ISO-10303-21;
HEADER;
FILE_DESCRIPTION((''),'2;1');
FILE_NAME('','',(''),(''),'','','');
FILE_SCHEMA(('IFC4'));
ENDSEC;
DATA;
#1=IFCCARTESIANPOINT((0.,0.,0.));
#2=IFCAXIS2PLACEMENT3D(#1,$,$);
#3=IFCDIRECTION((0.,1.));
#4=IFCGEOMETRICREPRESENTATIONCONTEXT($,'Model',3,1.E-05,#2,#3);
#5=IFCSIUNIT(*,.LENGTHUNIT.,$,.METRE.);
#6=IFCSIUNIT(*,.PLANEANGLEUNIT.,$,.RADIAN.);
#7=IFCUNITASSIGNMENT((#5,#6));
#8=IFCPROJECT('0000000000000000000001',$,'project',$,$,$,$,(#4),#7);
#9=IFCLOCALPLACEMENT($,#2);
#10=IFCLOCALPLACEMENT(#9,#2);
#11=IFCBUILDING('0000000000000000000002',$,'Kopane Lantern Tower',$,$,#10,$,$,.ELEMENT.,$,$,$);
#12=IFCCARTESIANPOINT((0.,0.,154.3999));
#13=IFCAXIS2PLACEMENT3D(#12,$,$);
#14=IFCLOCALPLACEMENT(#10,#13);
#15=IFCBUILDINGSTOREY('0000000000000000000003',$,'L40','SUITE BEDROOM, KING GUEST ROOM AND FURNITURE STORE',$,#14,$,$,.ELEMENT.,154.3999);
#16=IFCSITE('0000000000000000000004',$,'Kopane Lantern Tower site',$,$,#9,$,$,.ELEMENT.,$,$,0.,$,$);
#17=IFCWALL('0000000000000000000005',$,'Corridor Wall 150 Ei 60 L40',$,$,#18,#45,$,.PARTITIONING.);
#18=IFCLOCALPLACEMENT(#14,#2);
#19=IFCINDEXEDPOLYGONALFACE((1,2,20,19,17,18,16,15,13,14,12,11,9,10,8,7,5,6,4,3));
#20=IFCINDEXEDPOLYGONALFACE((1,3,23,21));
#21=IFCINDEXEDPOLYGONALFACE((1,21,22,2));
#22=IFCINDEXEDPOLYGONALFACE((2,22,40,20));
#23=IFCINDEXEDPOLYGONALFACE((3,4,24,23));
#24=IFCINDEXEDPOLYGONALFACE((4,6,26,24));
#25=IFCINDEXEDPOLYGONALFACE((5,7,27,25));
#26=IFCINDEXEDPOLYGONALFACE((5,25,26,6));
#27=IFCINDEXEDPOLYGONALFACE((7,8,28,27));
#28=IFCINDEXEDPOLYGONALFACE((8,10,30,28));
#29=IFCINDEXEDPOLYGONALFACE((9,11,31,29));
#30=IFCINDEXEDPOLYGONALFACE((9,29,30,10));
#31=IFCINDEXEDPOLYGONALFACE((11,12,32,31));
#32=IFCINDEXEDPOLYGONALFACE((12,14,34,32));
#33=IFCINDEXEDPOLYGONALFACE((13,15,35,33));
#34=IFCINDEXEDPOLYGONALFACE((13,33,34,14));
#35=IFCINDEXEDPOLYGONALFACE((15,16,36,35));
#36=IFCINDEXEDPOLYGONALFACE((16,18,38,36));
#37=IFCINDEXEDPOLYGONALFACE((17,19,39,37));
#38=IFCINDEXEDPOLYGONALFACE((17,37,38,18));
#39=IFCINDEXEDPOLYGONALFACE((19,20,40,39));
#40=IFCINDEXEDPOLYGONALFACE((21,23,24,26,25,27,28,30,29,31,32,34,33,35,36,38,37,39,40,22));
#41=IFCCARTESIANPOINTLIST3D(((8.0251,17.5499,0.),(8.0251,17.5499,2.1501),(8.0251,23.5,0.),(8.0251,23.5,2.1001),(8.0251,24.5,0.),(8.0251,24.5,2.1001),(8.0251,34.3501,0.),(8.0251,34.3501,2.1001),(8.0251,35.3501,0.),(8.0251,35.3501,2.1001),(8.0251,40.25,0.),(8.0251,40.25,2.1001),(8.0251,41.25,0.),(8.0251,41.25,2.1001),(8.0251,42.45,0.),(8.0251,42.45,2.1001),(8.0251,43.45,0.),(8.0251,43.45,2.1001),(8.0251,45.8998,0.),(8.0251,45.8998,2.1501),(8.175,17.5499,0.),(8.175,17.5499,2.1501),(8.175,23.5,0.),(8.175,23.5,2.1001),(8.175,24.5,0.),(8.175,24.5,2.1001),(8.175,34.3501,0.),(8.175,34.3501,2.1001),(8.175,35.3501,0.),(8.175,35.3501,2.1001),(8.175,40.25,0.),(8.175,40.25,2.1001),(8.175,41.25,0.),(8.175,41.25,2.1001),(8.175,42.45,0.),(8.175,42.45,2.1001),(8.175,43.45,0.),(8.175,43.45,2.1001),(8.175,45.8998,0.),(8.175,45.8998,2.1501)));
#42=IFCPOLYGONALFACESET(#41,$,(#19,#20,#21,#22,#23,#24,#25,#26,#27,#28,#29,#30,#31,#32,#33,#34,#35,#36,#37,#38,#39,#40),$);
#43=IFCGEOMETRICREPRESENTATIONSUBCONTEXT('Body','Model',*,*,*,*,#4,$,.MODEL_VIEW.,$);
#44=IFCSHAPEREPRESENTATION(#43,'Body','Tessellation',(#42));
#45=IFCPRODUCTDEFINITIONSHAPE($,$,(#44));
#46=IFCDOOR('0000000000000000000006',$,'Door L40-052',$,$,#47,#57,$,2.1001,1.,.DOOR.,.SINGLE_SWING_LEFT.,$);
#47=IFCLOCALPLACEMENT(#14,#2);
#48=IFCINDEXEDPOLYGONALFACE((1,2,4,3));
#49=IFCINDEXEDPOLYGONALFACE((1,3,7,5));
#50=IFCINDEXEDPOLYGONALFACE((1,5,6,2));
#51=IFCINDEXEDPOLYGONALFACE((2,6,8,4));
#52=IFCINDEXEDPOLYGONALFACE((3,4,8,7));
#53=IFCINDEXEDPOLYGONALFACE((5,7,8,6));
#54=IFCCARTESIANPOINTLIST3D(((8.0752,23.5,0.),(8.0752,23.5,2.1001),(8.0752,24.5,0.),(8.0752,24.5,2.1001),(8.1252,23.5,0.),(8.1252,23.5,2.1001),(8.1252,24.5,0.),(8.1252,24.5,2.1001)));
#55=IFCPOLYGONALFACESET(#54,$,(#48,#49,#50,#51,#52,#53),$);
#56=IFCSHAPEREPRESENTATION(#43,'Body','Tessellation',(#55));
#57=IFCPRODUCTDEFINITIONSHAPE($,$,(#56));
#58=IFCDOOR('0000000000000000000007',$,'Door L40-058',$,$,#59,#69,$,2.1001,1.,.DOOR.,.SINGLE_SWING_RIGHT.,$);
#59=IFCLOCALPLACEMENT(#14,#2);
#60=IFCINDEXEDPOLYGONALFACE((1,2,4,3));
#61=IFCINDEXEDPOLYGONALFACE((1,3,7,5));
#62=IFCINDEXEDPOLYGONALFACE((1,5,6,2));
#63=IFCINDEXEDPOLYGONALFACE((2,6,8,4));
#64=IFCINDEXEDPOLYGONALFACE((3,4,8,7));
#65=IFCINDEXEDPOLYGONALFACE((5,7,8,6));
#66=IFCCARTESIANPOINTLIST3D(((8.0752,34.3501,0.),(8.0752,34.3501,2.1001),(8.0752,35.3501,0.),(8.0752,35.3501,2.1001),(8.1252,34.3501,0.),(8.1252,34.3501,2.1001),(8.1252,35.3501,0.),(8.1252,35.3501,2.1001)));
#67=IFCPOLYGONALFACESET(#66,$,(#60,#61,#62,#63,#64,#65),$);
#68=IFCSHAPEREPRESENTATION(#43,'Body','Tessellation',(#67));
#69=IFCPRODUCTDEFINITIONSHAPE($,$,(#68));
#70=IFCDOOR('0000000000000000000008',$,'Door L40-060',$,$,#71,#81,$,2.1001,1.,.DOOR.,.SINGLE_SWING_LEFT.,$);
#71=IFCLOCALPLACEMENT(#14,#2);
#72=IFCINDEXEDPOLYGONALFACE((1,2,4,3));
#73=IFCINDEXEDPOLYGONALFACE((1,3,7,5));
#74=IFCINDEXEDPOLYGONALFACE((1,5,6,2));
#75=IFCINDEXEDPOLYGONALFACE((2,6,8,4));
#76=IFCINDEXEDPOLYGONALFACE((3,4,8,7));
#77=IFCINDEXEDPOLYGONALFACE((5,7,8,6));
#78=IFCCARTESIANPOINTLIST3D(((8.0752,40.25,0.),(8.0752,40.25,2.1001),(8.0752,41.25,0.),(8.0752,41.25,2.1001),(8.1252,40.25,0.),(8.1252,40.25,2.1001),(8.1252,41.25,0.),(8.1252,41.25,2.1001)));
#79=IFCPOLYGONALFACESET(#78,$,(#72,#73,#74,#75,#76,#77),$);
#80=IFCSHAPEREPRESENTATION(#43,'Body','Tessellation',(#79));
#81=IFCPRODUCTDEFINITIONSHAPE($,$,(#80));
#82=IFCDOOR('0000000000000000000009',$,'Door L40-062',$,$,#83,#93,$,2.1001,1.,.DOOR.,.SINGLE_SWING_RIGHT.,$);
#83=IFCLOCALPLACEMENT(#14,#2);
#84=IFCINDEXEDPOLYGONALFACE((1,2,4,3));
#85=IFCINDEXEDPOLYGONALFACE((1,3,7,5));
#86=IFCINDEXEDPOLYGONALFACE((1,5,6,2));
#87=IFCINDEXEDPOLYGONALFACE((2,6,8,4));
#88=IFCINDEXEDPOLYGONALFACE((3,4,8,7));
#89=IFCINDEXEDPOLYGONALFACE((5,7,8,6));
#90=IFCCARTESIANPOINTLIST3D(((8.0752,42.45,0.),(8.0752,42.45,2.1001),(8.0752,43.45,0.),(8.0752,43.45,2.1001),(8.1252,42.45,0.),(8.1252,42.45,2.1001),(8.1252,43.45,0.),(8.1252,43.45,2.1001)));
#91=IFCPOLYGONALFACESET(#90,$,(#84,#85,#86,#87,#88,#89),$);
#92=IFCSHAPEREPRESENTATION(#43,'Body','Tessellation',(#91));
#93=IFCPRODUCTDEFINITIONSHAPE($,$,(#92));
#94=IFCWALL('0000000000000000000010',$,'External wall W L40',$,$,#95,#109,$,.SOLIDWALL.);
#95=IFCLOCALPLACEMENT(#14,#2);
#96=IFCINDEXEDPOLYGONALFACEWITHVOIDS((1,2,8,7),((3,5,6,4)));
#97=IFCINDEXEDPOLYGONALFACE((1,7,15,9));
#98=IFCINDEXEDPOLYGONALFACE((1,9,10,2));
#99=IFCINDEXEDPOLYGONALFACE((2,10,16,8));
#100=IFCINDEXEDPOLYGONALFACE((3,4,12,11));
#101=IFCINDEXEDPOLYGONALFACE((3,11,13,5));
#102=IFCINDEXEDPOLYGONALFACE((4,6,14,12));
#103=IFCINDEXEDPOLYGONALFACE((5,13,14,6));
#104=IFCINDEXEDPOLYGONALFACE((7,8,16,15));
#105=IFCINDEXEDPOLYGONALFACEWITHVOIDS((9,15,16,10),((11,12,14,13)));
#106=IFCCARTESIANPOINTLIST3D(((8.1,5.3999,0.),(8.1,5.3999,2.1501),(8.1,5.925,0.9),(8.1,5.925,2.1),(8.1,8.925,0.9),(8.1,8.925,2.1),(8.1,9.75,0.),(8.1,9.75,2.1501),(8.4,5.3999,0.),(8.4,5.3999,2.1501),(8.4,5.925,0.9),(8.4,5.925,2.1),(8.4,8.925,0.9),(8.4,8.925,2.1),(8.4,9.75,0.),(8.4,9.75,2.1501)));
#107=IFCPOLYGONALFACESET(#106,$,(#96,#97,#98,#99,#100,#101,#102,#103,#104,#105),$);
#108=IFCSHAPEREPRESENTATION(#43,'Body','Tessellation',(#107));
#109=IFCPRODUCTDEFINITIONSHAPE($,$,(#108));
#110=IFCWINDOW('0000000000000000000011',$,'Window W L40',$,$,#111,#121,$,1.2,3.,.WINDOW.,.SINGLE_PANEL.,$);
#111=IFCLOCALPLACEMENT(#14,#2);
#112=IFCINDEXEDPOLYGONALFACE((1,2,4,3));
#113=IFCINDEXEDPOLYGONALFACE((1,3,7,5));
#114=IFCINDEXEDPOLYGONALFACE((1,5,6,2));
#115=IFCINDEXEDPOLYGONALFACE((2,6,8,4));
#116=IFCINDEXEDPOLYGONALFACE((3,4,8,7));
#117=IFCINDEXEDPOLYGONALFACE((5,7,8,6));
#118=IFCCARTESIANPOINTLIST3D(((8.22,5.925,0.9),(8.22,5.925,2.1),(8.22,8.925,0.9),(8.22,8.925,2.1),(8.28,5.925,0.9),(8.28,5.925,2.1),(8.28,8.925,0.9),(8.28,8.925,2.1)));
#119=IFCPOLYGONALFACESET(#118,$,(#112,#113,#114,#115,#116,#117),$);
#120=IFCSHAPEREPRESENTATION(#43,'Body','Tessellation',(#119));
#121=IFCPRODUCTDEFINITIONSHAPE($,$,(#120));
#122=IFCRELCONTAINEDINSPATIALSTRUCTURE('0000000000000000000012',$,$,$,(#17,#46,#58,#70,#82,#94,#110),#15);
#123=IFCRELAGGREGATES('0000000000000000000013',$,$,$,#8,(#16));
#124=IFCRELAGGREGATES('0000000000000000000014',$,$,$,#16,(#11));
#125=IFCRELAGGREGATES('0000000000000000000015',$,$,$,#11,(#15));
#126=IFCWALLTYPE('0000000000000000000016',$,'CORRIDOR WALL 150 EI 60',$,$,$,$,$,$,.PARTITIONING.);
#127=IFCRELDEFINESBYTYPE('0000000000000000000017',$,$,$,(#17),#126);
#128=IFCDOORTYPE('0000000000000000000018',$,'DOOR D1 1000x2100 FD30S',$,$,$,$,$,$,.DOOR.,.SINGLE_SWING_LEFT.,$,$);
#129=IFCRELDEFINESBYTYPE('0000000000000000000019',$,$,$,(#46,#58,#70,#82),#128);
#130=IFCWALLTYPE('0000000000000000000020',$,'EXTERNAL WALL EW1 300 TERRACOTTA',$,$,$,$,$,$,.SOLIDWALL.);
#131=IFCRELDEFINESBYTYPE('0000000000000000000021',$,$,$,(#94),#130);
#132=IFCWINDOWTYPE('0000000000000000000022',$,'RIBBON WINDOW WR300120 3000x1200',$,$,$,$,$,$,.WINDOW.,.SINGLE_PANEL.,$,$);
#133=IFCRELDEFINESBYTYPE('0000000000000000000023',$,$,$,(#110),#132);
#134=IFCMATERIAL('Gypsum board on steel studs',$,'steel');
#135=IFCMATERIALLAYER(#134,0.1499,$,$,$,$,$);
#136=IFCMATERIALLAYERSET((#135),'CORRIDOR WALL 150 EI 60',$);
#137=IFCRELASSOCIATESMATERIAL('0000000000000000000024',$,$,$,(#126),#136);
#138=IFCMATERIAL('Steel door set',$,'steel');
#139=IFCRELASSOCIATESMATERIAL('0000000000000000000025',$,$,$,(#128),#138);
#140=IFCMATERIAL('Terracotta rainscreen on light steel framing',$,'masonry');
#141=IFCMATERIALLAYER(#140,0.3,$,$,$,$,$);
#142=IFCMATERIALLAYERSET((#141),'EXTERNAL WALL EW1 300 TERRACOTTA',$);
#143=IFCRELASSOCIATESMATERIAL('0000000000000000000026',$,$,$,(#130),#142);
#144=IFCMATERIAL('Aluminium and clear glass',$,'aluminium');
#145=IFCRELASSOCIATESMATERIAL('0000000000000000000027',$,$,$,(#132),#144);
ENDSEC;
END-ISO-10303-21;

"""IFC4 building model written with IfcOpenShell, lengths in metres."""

from ifc_helpers import new_model, si_unit, direction, frame, frame_2d, origin, place, context, subcontext, project, spatial, rectangle, extrude, material, layer, layer_set, type_object, element, fill, save


model = new_model("IFC4")

# Units and contexts
model_context = context("Model", 3, precision=1e-05, world=origin(), true_north=direction((0.0, 1.0)))
body_context = subcontext(model_context, "Body", "Model", "MODEL_VIEW")
ifc_project = project(units=[si_unit("LENGTHUNIT", "METRE"), si_unit("PLANEANGLEUNIT", "RADIAN")], contexts=[model_context])

# Site, building, storey
site_placement = place(None, origin())
site = spatial("IfcSite", under=ifc_project, at=site_placement, Name="Kopane Lantern Tower site", CompositionType="ELEMENT", RefElevation=0.0)
building_placement = place(site_placement, origin())
building = spatial("IfcBuilding", under=site, at=building_placement, Name="Kopane Lantern Tower", CompositionType="ELEMENT")
storey_placement = place(building_placement, frame((0.0, 0.0, 154.3999)))
storey = spatial("IfcBuildingStorey", under=building, at=storey_placement, Name="L40", Description="SUITE BEDROOM, KING GUEST ROOM AND FURNITURE STORE", CompositionType="ELEMENT", Elevation=154.3999)

# Wall, openings, doors
ifc_material_1 = material(Name="Gypsum board on steel studs", Category="steel")
ifc_layer_1 = layer(ifc_material_1, 0.1499)
ifc_layer_set_1 = layer_set([ifc_layer_1], Name="CORRIDOR WALL 150 EI 60")
wall_type_1 = type_object("IfcWallType", Name="CORRIDOR WALL 150 EI 60", PredefinedType="PARTITIONING", material=ifc_layer_set_1)
ifc_material_2 = material(Name="Steel door set", Category="steel")
door_type_1 = type_object("IfcDoorType", Name="DOOR D1 1000x2100 FD30S", OperationType="SINGLE_SWING_LEFT", PredefinedType="DOOR", material=ifc_material_2)
wall_1_placement = place(storey_placement, frame((8.1001, 17.55, 0.0), z_axis=(0.0, 0.0, 1.0), x_axis=(0.0, 1.0, 0.0)))
wall_1 = element("IfcWall", 1, at=wall_1_placement, inside=storey, type_object=wall_type_1, Name="Corridor Wall 150 Ei 60 L40", PredefinedType="PARTITIONING", context=body_context, shape_type="SweptSolid", body=[
    extrude(rectangle(XDim=28.3499, YDim=0.1499, at=frame_2d((14.1748, 0.0))), origin(), (0.0, 0.0, 1.0), 2.1501),
])
opening_1_placement = place(wall_1_placement, frame((5.95, 0.0, 0.0)))
opening_1 = element("IfcOpeningElement", 2, at=opening_1_placement, cuts=wall_1, PredefinedType="OPENING", context=body_context, shape_type="SweptSolid", body=[
    extrude(rectangle(XDim=1.0, YDim=2.1001, at=frame_2d((0.5, 1.05))), frame((0.0, 0.085, 0.0), z_axis=(0.0, -1.0, 0.0), x_axis=(1.0, 0.0, 0.0)), (0.0, 0.0, 1.0), 0.1699),
])
opening_2_placement = place(wall_1_placement, frame((16.8, 0.0, 0.0)))
opening_2 = element("IfcOpeningElement", 3, at=opening_2_placement, cuts=wall_1, PredefinedType="OPENING", context=body_context, shape_type="SweptSolid", body=[
    extrude(rectangle(XDim=1.0, YDim=2.1001, at=frame_2d((0.5, 1.05))), frame((0.0, 0.085, 0.0), z_axis=(0.0, -1.0, 0.0), x_axis=(1.0, 0.0, 0.0)), (0.0, 0.0, 1.0), 0.1699),
])
opening_3_placement = place(wall_1_placement, frame((22.7, 0.0, 0.0)))
opening_3 = element("IfcOpeningElement", 4, at=opening_3_placement, cuts=wall_1, PredefinedType="OPENING", context=body_context, shape_type="SweptSolid", body=[
    extrude(rectangle(XDim=1.0, YDim=2.1001, at=frame_2d((0.5, 1.05))), frame((0.0, 0.085, 0.0), z_axis=(0.0, -1.0, 0.0), x_axis=(1.0, 0.0, 0.0)), (0.0, 0.0, 1.0), 0.1699),
])
opening_4_placement = place(wall_1_placement, frame((24.8999, 0.0, 0.0)))
opening_4 = element("IfcOpeningElement", 5, at=opening_4_placement, cuts=wall_1, PredefinedType="OPENING", context=body_context, shape_type="SweptSolid", body=[
    extrude(rectangle(XDim=1.0, YDim=2.1001, at=frame_2d((0.5, 1.05))), frame((0.0, 0.085, 0.0), z_axis=(0.0, -1.0, 0.0), x_axis=(1.0, 0.0, 0.0)), (0.0, 0.0, 1.0), 0.1699),
])
door_1_placement = place(opening_1_placement, origin())
door_1 = element("IfcDoor", 6, at=door_1_placement, inside=storey, type_object=door_type_1, Name="Door L40-052", OperationType="SINGLE_SWING_LEFT", OverallHeight=2.1001, OverallWidth=1.0, PredefinedType="DOOR", context=body_context, shape_type="SweptSolid", body=[
    extrude(rectangle(XDim=1.0, YDim=2.1001, at=frame_2d((0.5, 1.05))), frame((0.0, 0.0249, 0.0), z_axis=(0.0, -1.0, 0.0), x_axis=(1.0, 0.0, 0.0)), (0.0, 0.0, 1.0), 0.05),
])
fill(opening_1, door_1)
door_2_placement = place(opening_2_placement, origin())
door_2 = element("IfcDoor", 7, at=door_2_placement, inside=storey, type_object=door_type_1, Name="Door L40-058", OperationType="SINGLE_SWING_RIGHT", OverallHeight=2.1001, OverallWidth=1.0, PredefinedType="DOOR", context=body_context, shape_type="SweptSolid", body=[
    extrude(rectangle(XDim=1.0, YDim=2.1001, at=frame_2d((0.5, 1.05))), frame((0.0, 0.0249, 0.0), z_axis=(0.0, -1.0, 0.0), x_axis=(1.0, 0.0, 0.0)), (0.0, 0.0, 1.0), 0.05),
])
fill(opening_2, door_2)
door_3_placement = place(opening_3_placement, origin())
door_3 = element("IfcDoor", 8, at=door_3_placement, inside=storey, type_object=door_type_1, Name="Door L40-060", OperationType="SINGLE_SWING_LEFT", OverallHeight=2.1001, OverallWidth=1.0, PredefinedType="DOOR", context=body_context, shape_type="SweptSolid", body=[
    extrude(rectangle(XDim=1.0, YDim=2.1001, at=frame_2d((0.5, 1.05))), frame((0.0, 0.0249, 0.0), z_axis=(0.0, -1.0, 0.0), x_axis=(1.0, 0.0, 0.0)), (0.0, 0.0, 1.0), 0.05),
])
fill(opening_3, door_3)
door_4_placement = place(opening_4_placement, origin())
door_4 = element("IfcDoor", 9, at=door_4_placement, inside=storey, type_object=door_type_1, Name="Door L40-062", OperationType="SINGLE_SWING_RIGHT", OverallHeight=2.1001, OverallWidth=1.0, PredefinedType="DOOR", context=body_context, shape_type="SweptSolid", body=[
    extrude(rectangle(XDim=1.0, YDim=2.1001, at=frame_2d((0.5, 1.05))), frame((0.0, 0.0249, 0.0), z_axis=(0.0, -1.0, 0.0), x_axis=(1.0, 0.0, 0.0)), (0.0, 0.0, 1.0), 0.05),
])
fill(opening_4, door_4)

# Wall, opening, window
ifc_material_3 = material(Name="Terracotta rainscreen on light steel framing", Category="masonry")
ifc_layer_2 = layer(ifc_material_3, 0.3)
ifc_layer_set_2 = layer_set([ifc_layer_2], Name="EXTERNAL WALL EW1 300 TERRACOTTA")
wall_type_2 = type_object("IfcWallType", Name="EXTERNAL WALL EW1 300 TERRACOTTA", PredefinedType="SOLIDWALL", material=ifc_layer_set_2)
wall_2_placement = place(storey_placement, frame((8.25, 9.75, 0.0), z_axis=(0.0, 0.0, 1.0), x_axis=(0.0, -1.0, 0.0)))
wall_2 = element("IfcWall", 10, at=wall_2_placement, inside=storey, type_object=wall_type_2, Name="External wall W L40", PredefinedType="SOLIDWALL", context=body_context, shape_type="SweptSolid", body=[
    extrude(rectangle(XDim=4.3501, YDim=0.3, at=frame_2d((2.175, 0.0))), origin(), (0.0, 0.0, 1.0), 2.1501),
])
opening_5_placement = place(wall_2_placement, frame((0.825, 0.0, 0.8999)))
opening_5 = element("IfcOpeningElement", 11, at=opening_5_placement, cuts=wall_2, PredefinedType="OPENING", context=body_context, shape_type="SweptSolid", body=[
    extrude(rectangle(XDim=3.0, YDim=1.2, at=frame_2d((1.5, 0.6001))), frame((0.0, 0.1599, 0.0), z_axis=(0.0, -1.0, 0.0), x_axis=(1.0, 0.0, 0.0)), (0.0, 0.0, 1.0), 0.3201),
])
ifc_material_4 = material(Name="Aluminium and clear glass", Category="aluminium")
window_type = type_object("IfcWindowType", Name="RIBBON WINDOW WR300120 3000x1200", PartitioningType="SINGLE_PANEL", PredefinedType="WINDOW", material=ifc_material_4)
window_placement = place(opening_5_placement, origin())
window = element("IfcWindow", 12, at=window_placement, inside=storey, type_object=window_type, Name="Window W L40", OverallHeight=1.2, OverallWidth=3.0, PartitioningType="SINGLE_PANEL", PredefinedType="WINDOW", context=body_context, shape_type="SweptSolid", body=[
    extrude(rectangle(XDim=3.0, YDim=1.2, at=frame_2d((1.5, 0.6001))), frame((0.0, 0.03, 0.0), z_axis=(0.0, -1.0, 0.0), x_axis=(1.0, 0.0, 0.0)), (0.0, 0.0, 1.0), 0.0601),
])
fill(opening_5, window)

save(model, "model.ifc")
